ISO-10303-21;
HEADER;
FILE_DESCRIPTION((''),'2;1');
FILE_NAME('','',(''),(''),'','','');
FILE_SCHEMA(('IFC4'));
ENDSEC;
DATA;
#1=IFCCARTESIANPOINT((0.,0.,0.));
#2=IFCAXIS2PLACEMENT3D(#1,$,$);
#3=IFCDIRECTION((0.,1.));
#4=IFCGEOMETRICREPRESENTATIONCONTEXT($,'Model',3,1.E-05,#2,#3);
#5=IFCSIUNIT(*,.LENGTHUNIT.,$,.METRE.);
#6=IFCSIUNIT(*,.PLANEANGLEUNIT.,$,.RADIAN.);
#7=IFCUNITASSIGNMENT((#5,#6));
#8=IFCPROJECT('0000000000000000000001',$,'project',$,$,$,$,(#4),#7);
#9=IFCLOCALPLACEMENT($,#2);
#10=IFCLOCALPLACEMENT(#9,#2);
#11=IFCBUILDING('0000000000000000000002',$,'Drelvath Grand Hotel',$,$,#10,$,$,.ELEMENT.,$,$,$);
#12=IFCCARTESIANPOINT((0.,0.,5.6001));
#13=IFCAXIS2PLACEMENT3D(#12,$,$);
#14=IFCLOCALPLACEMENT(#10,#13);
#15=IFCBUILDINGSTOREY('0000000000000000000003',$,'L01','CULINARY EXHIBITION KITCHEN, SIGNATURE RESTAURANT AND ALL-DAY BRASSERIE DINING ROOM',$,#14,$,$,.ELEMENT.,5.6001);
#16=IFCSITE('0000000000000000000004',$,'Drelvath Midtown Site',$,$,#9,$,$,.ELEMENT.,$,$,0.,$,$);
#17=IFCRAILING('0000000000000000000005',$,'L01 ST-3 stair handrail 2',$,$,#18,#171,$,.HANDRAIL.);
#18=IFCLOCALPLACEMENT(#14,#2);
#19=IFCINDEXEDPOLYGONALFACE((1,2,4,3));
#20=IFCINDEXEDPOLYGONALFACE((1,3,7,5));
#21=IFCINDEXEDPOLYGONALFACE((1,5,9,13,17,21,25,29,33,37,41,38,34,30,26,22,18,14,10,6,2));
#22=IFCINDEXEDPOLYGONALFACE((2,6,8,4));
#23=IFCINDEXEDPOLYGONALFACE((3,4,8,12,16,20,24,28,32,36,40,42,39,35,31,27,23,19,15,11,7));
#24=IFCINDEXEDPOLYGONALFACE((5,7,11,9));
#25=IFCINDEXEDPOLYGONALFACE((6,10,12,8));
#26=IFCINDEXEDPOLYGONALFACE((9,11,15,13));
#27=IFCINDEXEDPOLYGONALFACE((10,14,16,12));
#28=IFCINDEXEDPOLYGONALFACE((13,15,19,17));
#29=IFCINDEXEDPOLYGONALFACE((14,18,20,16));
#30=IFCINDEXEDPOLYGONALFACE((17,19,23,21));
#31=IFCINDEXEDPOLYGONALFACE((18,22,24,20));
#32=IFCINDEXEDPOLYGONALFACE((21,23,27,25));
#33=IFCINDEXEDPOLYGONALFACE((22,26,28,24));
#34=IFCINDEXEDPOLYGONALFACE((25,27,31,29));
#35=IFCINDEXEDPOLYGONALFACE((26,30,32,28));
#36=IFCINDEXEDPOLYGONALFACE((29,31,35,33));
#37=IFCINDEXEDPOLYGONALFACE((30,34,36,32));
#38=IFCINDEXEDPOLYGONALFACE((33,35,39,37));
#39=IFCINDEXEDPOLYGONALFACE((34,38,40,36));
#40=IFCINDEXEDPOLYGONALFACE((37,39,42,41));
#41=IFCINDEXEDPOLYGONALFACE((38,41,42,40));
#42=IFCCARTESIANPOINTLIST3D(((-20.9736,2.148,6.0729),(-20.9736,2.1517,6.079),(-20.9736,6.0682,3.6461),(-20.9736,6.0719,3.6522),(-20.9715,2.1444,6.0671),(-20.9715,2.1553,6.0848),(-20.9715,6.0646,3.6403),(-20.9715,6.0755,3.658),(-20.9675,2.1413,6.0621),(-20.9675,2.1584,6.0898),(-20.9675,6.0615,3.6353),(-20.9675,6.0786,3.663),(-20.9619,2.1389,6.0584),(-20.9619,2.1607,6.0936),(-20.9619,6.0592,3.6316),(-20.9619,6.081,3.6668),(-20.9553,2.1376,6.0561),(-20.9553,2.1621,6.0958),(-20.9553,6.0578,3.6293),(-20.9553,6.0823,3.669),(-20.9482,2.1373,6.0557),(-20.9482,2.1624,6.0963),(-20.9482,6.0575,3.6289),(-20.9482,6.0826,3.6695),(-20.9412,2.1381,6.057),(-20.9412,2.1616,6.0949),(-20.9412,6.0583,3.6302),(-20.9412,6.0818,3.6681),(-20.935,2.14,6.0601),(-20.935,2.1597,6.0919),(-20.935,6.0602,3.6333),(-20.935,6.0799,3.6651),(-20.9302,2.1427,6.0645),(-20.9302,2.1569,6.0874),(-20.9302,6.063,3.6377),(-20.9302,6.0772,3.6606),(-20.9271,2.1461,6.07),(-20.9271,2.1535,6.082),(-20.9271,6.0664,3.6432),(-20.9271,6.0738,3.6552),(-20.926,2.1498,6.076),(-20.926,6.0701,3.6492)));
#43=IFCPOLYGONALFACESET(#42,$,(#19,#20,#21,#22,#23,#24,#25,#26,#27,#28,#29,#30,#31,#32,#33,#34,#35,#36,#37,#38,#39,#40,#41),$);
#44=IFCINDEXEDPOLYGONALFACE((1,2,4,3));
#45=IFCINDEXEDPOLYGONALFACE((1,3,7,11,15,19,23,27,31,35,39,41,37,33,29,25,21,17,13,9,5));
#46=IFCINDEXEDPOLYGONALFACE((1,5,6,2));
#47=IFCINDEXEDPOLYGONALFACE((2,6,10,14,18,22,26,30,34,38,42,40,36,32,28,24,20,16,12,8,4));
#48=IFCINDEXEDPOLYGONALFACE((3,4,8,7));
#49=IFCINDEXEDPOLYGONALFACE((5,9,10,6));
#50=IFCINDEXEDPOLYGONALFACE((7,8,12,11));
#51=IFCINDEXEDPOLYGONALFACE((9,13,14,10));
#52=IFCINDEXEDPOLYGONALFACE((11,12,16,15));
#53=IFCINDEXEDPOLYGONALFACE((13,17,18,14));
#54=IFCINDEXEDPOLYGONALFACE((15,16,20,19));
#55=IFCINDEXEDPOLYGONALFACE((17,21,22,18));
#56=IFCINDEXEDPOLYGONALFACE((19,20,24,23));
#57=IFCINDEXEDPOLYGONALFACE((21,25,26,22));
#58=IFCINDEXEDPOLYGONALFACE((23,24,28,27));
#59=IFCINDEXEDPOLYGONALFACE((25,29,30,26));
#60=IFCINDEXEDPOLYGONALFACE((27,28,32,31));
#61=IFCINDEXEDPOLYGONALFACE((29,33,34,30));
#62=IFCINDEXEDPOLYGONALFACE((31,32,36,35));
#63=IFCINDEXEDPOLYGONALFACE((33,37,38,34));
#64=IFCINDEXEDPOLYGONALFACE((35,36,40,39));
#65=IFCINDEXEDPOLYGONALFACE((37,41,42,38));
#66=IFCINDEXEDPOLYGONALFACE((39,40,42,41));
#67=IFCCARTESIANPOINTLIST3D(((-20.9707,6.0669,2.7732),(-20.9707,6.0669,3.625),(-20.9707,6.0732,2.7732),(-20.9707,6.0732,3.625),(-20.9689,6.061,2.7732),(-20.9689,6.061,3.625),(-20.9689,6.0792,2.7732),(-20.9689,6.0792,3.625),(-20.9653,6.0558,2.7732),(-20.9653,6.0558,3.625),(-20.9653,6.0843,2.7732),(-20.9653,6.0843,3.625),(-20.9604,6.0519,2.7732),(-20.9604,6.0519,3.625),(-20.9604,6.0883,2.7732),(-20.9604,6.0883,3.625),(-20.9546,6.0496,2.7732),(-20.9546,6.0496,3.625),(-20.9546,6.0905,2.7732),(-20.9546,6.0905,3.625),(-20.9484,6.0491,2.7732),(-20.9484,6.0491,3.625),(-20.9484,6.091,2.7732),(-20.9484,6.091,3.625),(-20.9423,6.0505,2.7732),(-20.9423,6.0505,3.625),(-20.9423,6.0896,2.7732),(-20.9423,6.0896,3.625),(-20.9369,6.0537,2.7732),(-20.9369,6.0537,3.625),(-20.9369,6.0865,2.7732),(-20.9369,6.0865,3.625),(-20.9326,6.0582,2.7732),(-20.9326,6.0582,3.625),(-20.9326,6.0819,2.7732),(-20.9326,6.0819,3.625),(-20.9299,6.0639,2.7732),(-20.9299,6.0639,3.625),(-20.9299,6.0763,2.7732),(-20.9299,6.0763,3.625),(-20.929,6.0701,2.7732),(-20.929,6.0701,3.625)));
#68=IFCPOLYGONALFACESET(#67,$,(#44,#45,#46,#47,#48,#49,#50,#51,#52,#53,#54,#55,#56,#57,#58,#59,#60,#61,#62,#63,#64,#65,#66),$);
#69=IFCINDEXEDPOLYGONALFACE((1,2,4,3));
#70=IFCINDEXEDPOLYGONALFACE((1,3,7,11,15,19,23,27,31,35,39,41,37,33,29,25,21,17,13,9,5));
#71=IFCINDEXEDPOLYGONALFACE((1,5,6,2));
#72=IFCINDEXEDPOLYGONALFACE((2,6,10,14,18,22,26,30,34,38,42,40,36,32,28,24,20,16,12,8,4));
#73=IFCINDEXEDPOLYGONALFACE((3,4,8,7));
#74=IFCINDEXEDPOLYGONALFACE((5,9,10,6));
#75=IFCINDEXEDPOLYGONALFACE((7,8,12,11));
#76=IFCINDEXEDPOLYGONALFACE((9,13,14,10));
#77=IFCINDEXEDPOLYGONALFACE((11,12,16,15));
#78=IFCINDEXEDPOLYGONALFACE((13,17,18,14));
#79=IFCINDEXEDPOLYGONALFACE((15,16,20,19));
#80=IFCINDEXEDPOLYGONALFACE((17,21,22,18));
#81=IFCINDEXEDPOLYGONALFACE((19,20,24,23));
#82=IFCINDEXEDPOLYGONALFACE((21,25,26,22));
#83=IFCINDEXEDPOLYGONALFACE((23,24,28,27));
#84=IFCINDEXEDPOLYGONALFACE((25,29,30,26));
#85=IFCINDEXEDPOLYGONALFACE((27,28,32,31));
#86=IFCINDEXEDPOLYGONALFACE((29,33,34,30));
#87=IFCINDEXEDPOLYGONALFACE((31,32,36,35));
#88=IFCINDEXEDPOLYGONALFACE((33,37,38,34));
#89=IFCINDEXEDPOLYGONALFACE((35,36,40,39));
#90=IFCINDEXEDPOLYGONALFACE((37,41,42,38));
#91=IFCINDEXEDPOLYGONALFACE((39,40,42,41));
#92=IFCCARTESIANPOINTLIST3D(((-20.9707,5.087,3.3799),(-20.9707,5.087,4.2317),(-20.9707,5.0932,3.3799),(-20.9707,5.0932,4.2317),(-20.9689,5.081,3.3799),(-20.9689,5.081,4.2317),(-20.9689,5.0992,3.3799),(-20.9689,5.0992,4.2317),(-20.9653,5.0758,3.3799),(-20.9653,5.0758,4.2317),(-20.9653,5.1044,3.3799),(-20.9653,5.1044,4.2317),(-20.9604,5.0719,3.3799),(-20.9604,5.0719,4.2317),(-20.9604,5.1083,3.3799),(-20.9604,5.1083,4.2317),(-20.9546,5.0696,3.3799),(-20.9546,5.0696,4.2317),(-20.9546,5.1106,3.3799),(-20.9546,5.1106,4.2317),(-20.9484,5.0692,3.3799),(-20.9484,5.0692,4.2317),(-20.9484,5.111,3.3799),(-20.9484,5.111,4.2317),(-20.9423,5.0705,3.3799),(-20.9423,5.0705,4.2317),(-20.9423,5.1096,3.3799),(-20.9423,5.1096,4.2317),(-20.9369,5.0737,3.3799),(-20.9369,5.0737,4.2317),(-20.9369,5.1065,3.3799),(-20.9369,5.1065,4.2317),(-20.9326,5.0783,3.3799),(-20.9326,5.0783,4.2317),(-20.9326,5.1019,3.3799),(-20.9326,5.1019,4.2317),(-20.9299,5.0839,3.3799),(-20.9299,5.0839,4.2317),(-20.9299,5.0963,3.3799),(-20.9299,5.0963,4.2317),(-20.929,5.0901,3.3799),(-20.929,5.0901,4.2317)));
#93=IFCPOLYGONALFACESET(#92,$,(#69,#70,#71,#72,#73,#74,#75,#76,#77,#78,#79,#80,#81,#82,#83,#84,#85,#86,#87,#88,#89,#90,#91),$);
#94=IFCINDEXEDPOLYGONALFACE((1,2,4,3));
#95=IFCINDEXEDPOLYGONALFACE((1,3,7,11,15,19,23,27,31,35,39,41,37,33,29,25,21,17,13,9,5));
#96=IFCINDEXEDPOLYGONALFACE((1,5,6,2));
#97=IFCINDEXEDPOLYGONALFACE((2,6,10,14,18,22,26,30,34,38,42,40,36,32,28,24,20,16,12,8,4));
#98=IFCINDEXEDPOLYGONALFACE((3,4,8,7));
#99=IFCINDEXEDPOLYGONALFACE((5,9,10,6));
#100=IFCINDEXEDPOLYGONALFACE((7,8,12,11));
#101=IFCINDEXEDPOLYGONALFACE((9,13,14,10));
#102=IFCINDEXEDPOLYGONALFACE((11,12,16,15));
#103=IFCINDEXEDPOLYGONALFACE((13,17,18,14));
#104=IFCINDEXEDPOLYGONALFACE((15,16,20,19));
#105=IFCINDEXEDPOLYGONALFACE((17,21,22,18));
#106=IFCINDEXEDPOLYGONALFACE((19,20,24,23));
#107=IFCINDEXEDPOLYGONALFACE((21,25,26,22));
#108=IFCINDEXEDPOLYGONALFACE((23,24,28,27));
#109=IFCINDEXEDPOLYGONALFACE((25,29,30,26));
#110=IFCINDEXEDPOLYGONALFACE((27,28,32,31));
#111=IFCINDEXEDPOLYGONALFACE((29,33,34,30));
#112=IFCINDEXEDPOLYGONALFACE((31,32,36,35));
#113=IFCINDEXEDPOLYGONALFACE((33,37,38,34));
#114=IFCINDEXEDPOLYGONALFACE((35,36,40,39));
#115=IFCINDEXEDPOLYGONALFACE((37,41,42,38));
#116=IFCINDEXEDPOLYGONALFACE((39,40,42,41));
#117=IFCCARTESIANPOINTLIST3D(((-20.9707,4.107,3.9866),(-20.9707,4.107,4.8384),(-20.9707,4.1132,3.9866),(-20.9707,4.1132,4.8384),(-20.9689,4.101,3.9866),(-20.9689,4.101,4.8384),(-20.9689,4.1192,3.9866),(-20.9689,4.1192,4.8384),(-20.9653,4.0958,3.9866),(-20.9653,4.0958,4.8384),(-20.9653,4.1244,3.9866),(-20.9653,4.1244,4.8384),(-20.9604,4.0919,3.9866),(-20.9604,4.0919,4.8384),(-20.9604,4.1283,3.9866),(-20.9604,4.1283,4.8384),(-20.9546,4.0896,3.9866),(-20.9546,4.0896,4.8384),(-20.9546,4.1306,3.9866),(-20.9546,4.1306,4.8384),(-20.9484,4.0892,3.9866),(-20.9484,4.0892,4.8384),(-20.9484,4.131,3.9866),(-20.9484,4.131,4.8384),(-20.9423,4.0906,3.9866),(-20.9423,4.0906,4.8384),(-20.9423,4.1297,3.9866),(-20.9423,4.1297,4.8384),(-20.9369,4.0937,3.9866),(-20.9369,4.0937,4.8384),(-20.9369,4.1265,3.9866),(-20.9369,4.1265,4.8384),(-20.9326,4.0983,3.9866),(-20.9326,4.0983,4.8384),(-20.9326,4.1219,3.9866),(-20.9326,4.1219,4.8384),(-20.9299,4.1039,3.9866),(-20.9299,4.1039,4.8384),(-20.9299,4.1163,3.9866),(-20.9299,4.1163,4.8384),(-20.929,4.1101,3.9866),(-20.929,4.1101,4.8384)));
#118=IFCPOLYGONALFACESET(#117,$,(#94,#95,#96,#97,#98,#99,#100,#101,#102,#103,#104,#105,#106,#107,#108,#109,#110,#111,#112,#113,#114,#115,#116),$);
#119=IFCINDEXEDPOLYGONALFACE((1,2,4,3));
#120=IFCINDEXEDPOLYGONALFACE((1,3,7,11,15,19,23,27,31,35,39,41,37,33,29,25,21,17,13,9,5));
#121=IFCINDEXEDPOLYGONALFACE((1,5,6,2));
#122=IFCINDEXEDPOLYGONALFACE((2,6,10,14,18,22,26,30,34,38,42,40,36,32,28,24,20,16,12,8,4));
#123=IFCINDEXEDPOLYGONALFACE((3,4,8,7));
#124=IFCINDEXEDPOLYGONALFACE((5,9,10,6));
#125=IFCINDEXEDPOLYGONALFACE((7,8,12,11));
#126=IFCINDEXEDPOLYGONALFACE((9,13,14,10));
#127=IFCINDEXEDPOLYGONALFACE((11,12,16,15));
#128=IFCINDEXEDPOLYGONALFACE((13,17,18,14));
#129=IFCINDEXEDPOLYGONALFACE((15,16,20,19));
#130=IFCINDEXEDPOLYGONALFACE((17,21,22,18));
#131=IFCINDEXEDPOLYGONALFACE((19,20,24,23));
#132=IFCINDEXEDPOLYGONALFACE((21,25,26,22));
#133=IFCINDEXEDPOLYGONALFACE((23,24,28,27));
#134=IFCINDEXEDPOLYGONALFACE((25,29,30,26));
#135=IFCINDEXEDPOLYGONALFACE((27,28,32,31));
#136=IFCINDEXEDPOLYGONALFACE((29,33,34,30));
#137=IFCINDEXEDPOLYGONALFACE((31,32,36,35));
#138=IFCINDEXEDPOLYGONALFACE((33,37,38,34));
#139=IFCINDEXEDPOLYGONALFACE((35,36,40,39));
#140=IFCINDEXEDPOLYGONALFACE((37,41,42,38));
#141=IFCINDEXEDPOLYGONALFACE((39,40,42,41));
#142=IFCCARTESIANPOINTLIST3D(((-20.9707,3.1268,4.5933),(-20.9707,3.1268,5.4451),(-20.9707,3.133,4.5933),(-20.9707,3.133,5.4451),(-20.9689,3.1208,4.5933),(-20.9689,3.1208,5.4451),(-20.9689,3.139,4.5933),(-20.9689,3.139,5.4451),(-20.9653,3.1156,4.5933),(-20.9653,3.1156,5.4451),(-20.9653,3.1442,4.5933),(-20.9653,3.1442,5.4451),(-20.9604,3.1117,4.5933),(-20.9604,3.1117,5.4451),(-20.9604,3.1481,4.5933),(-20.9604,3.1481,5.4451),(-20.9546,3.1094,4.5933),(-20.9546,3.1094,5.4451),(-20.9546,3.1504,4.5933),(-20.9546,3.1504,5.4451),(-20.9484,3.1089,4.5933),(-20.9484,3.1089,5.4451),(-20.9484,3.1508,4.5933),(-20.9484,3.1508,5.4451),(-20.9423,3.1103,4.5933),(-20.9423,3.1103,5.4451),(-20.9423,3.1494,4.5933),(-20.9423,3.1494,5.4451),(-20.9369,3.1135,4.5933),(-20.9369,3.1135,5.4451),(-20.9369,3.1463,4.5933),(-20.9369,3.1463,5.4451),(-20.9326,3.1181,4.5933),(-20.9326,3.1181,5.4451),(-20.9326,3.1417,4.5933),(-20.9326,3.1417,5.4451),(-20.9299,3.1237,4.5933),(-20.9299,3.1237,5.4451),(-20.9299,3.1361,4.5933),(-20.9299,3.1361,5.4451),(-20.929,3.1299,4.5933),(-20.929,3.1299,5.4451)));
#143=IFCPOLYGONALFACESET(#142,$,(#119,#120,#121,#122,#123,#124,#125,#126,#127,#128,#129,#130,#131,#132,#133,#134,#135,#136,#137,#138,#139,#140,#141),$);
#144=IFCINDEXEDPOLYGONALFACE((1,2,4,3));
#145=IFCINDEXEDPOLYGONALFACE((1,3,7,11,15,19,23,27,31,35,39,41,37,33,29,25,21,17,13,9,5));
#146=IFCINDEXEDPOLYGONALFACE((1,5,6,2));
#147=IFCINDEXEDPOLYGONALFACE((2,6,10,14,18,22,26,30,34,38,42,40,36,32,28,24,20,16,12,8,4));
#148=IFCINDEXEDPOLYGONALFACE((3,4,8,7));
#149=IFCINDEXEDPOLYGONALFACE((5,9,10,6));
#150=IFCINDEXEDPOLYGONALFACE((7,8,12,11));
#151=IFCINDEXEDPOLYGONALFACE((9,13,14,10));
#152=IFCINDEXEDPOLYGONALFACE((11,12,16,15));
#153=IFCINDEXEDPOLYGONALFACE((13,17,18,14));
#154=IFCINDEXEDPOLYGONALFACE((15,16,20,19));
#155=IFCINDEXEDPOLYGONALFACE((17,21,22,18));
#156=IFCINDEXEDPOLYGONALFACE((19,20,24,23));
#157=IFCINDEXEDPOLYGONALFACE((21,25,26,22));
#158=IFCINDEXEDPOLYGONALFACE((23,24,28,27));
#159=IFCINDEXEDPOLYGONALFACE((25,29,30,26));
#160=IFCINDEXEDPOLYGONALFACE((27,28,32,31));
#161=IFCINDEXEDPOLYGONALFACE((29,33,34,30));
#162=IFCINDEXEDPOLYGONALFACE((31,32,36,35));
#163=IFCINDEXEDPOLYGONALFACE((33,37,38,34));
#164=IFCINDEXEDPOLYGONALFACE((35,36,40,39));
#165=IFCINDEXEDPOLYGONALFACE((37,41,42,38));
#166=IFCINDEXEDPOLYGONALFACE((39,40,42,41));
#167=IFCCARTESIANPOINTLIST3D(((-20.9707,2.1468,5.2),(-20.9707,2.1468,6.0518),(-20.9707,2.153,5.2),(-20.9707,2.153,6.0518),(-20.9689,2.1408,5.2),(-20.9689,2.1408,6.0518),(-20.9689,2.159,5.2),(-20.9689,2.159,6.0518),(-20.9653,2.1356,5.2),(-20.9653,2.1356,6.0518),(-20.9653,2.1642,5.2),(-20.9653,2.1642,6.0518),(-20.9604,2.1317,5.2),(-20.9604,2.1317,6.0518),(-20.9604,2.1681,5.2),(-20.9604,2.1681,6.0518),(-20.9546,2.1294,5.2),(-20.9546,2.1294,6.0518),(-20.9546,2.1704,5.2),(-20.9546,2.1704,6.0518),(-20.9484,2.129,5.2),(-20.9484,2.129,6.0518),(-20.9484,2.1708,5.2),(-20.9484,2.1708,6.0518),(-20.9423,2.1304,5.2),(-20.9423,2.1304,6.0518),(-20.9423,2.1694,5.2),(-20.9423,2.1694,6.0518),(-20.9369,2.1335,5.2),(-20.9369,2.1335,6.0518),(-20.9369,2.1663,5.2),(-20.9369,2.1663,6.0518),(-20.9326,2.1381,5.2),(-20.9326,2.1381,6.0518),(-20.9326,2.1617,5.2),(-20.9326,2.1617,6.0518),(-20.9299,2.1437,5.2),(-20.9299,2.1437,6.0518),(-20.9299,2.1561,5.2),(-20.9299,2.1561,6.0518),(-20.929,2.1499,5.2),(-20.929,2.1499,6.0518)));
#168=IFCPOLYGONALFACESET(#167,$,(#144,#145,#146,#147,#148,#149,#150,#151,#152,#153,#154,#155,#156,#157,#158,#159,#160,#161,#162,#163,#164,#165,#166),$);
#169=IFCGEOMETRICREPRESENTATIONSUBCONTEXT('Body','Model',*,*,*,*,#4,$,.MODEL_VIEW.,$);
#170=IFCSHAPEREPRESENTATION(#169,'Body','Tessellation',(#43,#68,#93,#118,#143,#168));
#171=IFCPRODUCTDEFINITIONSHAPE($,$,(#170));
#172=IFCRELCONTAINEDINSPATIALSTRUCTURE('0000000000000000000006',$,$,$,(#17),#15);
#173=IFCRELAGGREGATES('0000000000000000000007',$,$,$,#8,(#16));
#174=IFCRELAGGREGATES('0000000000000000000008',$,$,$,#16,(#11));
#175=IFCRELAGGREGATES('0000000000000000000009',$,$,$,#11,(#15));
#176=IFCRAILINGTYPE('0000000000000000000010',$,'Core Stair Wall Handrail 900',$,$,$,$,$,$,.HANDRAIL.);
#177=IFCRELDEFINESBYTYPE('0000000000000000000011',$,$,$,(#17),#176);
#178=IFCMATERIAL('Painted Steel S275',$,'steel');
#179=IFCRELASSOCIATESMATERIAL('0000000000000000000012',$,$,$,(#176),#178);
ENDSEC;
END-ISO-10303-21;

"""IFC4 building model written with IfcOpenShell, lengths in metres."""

from ifc_helpers import new_model, si_unit, direction, frame, origin, origin_2d, place, context, subcontext, project, spatial, circle, extrude, material, type_object, element, save


model = new_model("IFC4")

# Units and contexts
model_context = context("Model", 3, precision=1e-05, world=origin(), true_north=direction((0.0, 1.0)))
body_context = subcontext(model_context, "Body", "Model", "MODEL_VIEW")
ifc_project = project(units=[si_unit("LENGTHUNIT", "METRE"), si_unit("PLANEANGLEUNIT", "RADIAN")], contexts=[model_context])

# Site, building, storey
site_placement = place(None, origin())
site = spatial("IfcSite", under=ifc_project, at=site_placement, Name="Drelvath Midtown Site", CompositionType="ELEMENT", RefElevation=0.0)
building_placement = place(site_placement, origin())
building = spatial("IfcBuilding", under=site, at=building_placement, Name="Drelvath Grand Hotel", CompositionType="ELEMENT")
storey_placement = place(building_placement, frame((0.0, 0.0, 5.6001)))
storey = spatial("IfcBuildingStorey", under=building, at=storey_placement, Name="L01", Description="CULINARY EXHIBITION KITCHEN, SIGNATURE RESTAURANT AND ALL-DAY BRASSERIE DINING ROOM", CompositionType="ELEMENT", Elevation=5.6001)

# Railing
ifc_material_1 = material(Name="Painted Steel S275", Category="steel")
railing_type_1 = type_object("IfcRailingType", Name="Core Stair Wall Handrail 900", PredefinedType="HANDRAIL", material=ifc_material_1)
railing_1_placement = place(storey_placement, frame((-20.95, 6.0701, 2.7732)))
element("IfcRailing", 1, at=railing_1_placement, inside=storey, type_object=railing_type_1, Name="L01 ST-3 stair handrail 2", PredefinedType="HANDRAIL", context=body_context, shape_type="SweptSolid", body=[
    extrude(circle(Radius=0.0239, at=origin_2d()), frame((0.0, 0.0, 0.876), z_axis=(0.0, -0.850266, 0.526353), x_axis=(1.0, 0.0, 0.0)), (0.0, 0.0, 1.0), 4.6106),
    extrude(circle(Radius=0.021, at=origin_2d()), origin(), (0.0, 0.0, 1.0), 0.8518),
    extrude(circle(Radius=0.021, at=origin_2d()), frame((0.0, -0.98, 0.6067)), (0.0, 0.0, 1.0), 0.8518),
    extrude(circle(Radius=0.021, at=origin_2d()), frame((0.0, -1.96, 1.2134)), (0.0, 0.0, 1.0), 0.8518),
    extrude(circle(Radius=0.021, at=origin_2d()), frame((0.0, -2.9402, 1.8201)), (0.0, 0.0, 1.0), 0.8518),
    extrude(circle(Radius=0.021, at=origin_2d()), frame((0.0, -3.9202, 2.4268)), (0.0, 0.0, 1.0), 0.8518),
])

save(model, "model.ifc")
